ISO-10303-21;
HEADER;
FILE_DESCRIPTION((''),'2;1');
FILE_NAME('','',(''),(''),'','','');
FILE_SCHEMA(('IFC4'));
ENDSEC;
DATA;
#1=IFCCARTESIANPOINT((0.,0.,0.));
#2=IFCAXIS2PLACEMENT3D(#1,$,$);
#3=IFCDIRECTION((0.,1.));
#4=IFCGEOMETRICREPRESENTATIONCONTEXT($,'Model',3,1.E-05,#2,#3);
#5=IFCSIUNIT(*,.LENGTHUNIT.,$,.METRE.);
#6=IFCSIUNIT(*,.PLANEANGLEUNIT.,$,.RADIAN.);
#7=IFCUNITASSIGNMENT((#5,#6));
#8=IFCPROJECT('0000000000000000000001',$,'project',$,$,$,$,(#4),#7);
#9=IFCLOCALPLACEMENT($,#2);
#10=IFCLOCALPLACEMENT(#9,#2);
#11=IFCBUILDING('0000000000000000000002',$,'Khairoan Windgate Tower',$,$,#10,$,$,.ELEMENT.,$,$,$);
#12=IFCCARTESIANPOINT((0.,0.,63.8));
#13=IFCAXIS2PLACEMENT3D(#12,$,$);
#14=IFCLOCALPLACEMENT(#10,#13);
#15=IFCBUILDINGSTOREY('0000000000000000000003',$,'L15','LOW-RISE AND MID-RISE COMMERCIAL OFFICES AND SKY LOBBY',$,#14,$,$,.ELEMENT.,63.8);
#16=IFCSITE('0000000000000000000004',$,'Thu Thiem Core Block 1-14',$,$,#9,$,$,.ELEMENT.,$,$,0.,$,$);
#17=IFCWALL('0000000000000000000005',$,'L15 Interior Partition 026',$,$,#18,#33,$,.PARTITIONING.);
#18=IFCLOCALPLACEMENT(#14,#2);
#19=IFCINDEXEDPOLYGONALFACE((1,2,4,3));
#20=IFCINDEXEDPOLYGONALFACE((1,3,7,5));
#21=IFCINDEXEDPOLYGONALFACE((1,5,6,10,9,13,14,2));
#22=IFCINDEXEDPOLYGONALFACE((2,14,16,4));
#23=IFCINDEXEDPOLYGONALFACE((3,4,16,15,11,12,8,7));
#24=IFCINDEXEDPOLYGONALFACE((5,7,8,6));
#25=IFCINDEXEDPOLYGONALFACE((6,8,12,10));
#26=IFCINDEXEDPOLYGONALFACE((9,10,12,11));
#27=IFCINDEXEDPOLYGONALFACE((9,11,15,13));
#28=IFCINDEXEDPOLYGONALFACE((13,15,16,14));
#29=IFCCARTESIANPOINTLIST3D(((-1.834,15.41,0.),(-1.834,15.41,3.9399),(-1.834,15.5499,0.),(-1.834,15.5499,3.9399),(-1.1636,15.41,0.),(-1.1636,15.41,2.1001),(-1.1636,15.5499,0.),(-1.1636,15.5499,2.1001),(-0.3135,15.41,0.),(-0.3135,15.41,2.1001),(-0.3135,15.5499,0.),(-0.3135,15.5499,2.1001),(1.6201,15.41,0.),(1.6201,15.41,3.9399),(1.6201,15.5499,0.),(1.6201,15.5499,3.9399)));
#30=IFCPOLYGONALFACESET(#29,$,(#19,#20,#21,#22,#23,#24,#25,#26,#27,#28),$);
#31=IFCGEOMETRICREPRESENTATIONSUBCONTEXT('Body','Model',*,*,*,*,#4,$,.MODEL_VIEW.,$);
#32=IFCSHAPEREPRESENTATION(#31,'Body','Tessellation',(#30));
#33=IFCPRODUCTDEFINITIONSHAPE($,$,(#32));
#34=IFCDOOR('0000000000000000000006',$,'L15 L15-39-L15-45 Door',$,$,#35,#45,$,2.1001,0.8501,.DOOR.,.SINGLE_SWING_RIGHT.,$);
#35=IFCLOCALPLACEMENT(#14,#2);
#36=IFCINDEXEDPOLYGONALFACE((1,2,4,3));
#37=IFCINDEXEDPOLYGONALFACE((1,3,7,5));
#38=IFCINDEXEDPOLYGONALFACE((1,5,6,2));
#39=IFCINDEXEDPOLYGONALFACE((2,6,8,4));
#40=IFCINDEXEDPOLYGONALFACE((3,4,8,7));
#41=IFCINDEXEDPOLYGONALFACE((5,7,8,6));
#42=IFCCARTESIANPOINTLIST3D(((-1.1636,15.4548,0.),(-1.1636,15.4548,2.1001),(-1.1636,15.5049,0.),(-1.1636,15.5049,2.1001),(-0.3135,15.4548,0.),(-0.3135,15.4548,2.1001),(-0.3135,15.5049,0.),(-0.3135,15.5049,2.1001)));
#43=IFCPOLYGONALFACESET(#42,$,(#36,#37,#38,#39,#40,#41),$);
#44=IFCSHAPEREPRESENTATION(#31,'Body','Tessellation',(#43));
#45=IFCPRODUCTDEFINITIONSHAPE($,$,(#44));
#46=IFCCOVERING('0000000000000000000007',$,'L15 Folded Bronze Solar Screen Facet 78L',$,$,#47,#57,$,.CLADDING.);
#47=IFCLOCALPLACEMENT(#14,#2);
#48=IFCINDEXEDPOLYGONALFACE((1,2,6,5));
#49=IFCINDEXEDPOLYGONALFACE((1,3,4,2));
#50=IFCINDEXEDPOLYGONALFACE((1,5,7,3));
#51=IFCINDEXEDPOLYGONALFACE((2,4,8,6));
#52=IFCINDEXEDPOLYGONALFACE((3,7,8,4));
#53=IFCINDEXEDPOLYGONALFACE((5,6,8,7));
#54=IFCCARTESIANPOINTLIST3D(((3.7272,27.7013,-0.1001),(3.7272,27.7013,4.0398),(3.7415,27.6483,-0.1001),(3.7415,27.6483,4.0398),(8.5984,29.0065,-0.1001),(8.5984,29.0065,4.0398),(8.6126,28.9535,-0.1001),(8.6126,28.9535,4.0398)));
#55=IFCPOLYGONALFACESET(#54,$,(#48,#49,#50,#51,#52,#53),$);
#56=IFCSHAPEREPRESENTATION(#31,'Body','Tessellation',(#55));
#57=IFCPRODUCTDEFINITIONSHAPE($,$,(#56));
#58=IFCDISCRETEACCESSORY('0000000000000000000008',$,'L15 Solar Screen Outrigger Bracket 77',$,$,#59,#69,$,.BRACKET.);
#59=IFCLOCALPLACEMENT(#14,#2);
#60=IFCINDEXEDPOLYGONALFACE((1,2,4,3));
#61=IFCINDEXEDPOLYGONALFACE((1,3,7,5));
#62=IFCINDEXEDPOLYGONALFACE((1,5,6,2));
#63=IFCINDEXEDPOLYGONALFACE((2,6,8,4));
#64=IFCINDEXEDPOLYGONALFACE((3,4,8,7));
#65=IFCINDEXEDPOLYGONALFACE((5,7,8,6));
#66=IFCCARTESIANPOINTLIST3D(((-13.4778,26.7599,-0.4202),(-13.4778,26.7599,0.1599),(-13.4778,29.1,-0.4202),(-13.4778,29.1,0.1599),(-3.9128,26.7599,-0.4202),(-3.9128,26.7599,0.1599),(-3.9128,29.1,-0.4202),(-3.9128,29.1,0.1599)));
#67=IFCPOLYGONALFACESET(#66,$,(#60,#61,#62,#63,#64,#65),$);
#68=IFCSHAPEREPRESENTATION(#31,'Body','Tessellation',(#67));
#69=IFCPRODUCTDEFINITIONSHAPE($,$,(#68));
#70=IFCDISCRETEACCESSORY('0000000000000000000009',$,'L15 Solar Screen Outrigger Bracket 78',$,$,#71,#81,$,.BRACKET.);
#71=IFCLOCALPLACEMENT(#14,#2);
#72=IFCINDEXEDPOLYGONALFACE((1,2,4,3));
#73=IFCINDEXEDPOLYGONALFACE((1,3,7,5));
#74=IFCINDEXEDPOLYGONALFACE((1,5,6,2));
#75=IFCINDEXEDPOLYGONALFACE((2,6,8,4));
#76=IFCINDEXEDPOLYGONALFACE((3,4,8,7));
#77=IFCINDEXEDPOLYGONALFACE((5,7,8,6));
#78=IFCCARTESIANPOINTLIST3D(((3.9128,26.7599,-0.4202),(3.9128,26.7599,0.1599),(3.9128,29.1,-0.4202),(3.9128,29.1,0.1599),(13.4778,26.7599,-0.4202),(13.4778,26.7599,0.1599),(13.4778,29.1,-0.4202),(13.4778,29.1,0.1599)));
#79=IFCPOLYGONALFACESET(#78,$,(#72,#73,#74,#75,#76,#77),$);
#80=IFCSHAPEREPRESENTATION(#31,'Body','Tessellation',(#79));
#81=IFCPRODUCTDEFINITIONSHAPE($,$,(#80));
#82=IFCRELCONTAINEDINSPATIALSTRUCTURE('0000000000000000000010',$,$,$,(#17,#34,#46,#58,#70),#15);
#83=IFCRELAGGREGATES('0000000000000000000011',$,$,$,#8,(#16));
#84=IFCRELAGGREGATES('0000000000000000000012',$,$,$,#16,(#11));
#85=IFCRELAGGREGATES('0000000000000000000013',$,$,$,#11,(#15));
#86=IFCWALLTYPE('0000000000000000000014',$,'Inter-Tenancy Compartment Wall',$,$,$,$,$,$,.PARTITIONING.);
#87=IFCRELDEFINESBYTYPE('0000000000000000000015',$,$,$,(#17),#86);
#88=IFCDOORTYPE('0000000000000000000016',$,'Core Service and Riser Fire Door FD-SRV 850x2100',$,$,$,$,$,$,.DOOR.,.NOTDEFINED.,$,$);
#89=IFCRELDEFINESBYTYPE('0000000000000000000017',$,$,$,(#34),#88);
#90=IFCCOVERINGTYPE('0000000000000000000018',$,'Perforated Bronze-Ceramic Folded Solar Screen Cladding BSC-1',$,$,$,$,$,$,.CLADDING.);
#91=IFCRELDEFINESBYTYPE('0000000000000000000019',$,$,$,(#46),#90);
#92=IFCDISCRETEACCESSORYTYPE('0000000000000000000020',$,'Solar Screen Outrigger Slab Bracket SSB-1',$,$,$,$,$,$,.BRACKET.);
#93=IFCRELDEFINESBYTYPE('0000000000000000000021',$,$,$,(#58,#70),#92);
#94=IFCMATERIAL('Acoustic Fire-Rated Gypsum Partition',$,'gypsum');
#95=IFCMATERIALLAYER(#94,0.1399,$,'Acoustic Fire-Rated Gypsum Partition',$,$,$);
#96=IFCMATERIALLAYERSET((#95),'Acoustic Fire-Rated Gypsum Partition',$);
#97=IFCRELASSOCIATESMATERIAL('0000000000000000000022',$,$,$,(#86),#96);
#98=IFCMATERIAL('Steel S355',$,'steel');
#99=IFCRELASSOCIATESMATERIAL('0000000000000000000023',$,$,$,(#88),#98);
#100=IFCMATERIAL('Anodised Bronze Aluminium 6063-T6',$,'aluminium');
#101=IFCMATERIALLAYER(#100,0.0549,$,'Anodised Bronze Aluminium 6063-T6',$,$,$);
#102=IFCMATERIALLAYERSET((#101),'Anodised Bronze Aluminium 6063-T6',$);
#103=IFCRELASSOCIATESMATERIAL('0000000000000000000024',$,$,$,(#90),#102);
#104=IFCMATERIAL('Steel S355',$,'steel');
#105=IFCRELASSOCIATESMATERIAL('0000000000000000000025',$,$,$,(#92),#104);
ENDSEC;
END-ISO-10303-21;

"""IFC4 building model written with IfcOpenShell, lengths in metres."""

from ifc_helpers import new_model, si_unit, direction, frame, frame_2d, origin, origin_2d, place, context, subcontext, project, spatial, rectangle, extrude, material, layer, layer_set, type_object, element, fill, save


model = new_model("IFC4")

# Units and contexts
model_context = context("Model", 3, precision=1e-05, world=origin(), true_north=direction((0.0, 1.0)))
body_context = subcontext(model_context, "Body", "Model", "MODEL_VIEW")
ifc_project = project(units=[si_unit("LENGTHUNIT", "METRE"), si_unit("PLANEANGLEUNIT", "RADIAN")], contexts=[model_context])

# Site, building, storey
site_placement = place(None, origin())
site = spatial("IfcSite", under=ifc_project, at=site_placement, Name="Thu Thiem Core Block 1-14", CompositionType="ELEMENT", RefElevation=0.0)
building_placement = place(site_placement, origin())
building = spatial("IfcBuilding", under=site, at=building_placement, Name="Khairoan Windgate Tower", CompositionType="ELEMENT")
storey_placement = place(building_placement, frame((0.0, 0.0, 63.8)))
storey = spatial("IfcBuildingStorey", under=building, at=storey_placement, Name="L15", Description="LOW-RISE AND MID-RISE COMMERCIAL OFFICES AND SKY LOBBY", CompositionType="ELEMENT", Elevation=63.8)

# Wall, opening, door
ifc_material_1 = material(Name="Acoustic Fire-Rated Gypsum Partition", Category="gypsum")
ifc_layer_1 = layer(ifc_material_1, 0.1399, Name="Acoustic Fire-Rated Gypsum Partition")
ifc_layer_set_1 = layer_set([ifc_layer_1], Name="Acoustic Fire-Rated Gypsum Partition")
wall_type_1 = type_object("IfcWallType", Name="Inter-Tenancy Compartment Wall", PredefinedType="PARTITIONING", material=ifc_layer_set_1)
ifc_material_2 = material(Name="Steel S355", Category="steel")
door_type = type_object("IfcDoorType", Name="Core Service and Riser Fire Door FD-SRV 850x2100", OperationType="NOTDEFINED", PredefinedType="DOOR", material=ifc_material_2)
wall_1_placement = place(storey_placement, frame((-1.834, 15.48, 0.0), z_axis=(0.0, 0.0, 1.0), x_axis=(1.0, 0.0, 0.0)))
wall_1 = element("IfcWall", 1, at=wall_1_placement, inside=storey, type_object=wall_type_1, Name="L15 Interior Partition 026", PredefinedType="PARTITIONING", context=body_context, shape_type="SweptSolid", body=[
    extrude(rectangle(XDim=3.4541, YDim=0.1399, at=frame_2d((1.7271, 0.0))), origin(), (0.0, 0.0, 1.0), 3.9399),
])
opening_1_placement = place(wall_1_placement, frame((0.6704, 0.0, 0.0)))
opening_1 = element("IfcOpeningElement", 2, at=opening_1_placement, cuts=wall_1, PredefinedType="OPENING", context=body_context, shape_type="SweptSolid", body=[
    extrude(rectangle(XDim=0.8501, YDim=2.1001, at=frame_2d((0.425, 1.05))), frame((0.0, 0.0798, 0.0), z_axis=(0.0, -1.0, 0.0), x_axis=(1.0, 0.0, 0.0)), (0.0, 0.0, 1.0), 0.1599),
])
door_1_placement = place(opening_1_placement, origin())
door_1 = element("IfcDoor", 3, at=door_1_placement, inside=storey, type_object=door_type, Name="L15 L15-39-L15-45 Door", OperationType="SINGLE_SWING_RIGHT", OverallHeight=2.1001, OverallWidth=0.8501, PredefinedType="DOOR", context=body_context, shape_type="SweptSolid", body=[
    extrude(rectangle(XDim=0.8501, YDim=2.1001, at=frame_2d((0.425, 1.05))), frame((0.0, 0.0249, 0.0), z_axis=(0.0, -1.0, 0.0), x_axis=(1.0, 0.0, 0.0)), (0.0, 0.0, 1.0), 0.05),
])
fill(opening_1, door_1)

# Covering
ifc_material_3 = material(Name="Anodised Bronze Aluminium 6063-T6", Category="aluminium")
ifc_layer_2 = layer(ifc_material_3, 0.0549, Name="Anodised Bronze Aluminium 6063-T6")
ifc_layer_set_2 = layer_set([ifc_layer_2], Name="Anodised Bronze Aluminium 6063-T6")
covering_type = type_object("IfcCoveringType", Name="Perforated Bronze-Ceramic Folded Solar Screen Cladding BSC-1", PredefinedType="CLADDING", material=ifc_layer_set_2)
covering_placement = place(storey_placement, frame((6.1699, 28.3274, -0.1001), z_axis=(0.0, 0.0, 1.0), x_axis=(0.965926, 0.258819, 0.0)))
element("IfcCovering", 4, at=covering_placement, inside=storey, type_object=covering_type, Name="L15 Folded Bronze Solar Screen Facet 78L", PredefinedType="CLADDING", context=body_context, shape_type="SweptSolid", body=[
    extrude(rectangle(XDim=5.043, YDim=0.0549, at=origin_2d()), origin(), (0.0, 0.0, 1.0), 4.1399),
])

# Discrete accessories
ifc_material_4 = material(Name="Steel S355", Category="steel")
discrete_accessory_type = type_object("IfcDiscreteAccessoryType", Name="Solar Screen Outrigger Slab Bracket SSB-1", PredefinedType="BRACKET", material=ifc_material_4)
for number, where, z_axis, x_axis, name in (
    (5, (-8.6953, 27.9299, -0.4202), (0.0, 0.0, 1.0), (1.0, 0.0, 0.0), "L15 Solar Screen Outrigger Bracket 77"),
    (6, (8.6953, 27.9299, -0.4202), (0.0, 0.0, 1.0), (1.0, 0.0, 0.0), "L15 Solar Screen Outrigger Bracket 78"),
):
    element("IfcDiscreteAccessory", number, at=place(storey_placement, frame(where, z_axis=z_axis, x_axis=x_axis)), inside=storey, type_object=discrete_accessory_type, Name=name, PredefinedType="BRACKET", context=body_context, shape_type="SweptSolid", body=[
        extrude(rectangle(XDim=9.5649, YDim=2.3401, at=origin_2d()), origin(), (0.0, 0.0, 1.0), 0.5801),
    ])

save(model, "model.ifc")
